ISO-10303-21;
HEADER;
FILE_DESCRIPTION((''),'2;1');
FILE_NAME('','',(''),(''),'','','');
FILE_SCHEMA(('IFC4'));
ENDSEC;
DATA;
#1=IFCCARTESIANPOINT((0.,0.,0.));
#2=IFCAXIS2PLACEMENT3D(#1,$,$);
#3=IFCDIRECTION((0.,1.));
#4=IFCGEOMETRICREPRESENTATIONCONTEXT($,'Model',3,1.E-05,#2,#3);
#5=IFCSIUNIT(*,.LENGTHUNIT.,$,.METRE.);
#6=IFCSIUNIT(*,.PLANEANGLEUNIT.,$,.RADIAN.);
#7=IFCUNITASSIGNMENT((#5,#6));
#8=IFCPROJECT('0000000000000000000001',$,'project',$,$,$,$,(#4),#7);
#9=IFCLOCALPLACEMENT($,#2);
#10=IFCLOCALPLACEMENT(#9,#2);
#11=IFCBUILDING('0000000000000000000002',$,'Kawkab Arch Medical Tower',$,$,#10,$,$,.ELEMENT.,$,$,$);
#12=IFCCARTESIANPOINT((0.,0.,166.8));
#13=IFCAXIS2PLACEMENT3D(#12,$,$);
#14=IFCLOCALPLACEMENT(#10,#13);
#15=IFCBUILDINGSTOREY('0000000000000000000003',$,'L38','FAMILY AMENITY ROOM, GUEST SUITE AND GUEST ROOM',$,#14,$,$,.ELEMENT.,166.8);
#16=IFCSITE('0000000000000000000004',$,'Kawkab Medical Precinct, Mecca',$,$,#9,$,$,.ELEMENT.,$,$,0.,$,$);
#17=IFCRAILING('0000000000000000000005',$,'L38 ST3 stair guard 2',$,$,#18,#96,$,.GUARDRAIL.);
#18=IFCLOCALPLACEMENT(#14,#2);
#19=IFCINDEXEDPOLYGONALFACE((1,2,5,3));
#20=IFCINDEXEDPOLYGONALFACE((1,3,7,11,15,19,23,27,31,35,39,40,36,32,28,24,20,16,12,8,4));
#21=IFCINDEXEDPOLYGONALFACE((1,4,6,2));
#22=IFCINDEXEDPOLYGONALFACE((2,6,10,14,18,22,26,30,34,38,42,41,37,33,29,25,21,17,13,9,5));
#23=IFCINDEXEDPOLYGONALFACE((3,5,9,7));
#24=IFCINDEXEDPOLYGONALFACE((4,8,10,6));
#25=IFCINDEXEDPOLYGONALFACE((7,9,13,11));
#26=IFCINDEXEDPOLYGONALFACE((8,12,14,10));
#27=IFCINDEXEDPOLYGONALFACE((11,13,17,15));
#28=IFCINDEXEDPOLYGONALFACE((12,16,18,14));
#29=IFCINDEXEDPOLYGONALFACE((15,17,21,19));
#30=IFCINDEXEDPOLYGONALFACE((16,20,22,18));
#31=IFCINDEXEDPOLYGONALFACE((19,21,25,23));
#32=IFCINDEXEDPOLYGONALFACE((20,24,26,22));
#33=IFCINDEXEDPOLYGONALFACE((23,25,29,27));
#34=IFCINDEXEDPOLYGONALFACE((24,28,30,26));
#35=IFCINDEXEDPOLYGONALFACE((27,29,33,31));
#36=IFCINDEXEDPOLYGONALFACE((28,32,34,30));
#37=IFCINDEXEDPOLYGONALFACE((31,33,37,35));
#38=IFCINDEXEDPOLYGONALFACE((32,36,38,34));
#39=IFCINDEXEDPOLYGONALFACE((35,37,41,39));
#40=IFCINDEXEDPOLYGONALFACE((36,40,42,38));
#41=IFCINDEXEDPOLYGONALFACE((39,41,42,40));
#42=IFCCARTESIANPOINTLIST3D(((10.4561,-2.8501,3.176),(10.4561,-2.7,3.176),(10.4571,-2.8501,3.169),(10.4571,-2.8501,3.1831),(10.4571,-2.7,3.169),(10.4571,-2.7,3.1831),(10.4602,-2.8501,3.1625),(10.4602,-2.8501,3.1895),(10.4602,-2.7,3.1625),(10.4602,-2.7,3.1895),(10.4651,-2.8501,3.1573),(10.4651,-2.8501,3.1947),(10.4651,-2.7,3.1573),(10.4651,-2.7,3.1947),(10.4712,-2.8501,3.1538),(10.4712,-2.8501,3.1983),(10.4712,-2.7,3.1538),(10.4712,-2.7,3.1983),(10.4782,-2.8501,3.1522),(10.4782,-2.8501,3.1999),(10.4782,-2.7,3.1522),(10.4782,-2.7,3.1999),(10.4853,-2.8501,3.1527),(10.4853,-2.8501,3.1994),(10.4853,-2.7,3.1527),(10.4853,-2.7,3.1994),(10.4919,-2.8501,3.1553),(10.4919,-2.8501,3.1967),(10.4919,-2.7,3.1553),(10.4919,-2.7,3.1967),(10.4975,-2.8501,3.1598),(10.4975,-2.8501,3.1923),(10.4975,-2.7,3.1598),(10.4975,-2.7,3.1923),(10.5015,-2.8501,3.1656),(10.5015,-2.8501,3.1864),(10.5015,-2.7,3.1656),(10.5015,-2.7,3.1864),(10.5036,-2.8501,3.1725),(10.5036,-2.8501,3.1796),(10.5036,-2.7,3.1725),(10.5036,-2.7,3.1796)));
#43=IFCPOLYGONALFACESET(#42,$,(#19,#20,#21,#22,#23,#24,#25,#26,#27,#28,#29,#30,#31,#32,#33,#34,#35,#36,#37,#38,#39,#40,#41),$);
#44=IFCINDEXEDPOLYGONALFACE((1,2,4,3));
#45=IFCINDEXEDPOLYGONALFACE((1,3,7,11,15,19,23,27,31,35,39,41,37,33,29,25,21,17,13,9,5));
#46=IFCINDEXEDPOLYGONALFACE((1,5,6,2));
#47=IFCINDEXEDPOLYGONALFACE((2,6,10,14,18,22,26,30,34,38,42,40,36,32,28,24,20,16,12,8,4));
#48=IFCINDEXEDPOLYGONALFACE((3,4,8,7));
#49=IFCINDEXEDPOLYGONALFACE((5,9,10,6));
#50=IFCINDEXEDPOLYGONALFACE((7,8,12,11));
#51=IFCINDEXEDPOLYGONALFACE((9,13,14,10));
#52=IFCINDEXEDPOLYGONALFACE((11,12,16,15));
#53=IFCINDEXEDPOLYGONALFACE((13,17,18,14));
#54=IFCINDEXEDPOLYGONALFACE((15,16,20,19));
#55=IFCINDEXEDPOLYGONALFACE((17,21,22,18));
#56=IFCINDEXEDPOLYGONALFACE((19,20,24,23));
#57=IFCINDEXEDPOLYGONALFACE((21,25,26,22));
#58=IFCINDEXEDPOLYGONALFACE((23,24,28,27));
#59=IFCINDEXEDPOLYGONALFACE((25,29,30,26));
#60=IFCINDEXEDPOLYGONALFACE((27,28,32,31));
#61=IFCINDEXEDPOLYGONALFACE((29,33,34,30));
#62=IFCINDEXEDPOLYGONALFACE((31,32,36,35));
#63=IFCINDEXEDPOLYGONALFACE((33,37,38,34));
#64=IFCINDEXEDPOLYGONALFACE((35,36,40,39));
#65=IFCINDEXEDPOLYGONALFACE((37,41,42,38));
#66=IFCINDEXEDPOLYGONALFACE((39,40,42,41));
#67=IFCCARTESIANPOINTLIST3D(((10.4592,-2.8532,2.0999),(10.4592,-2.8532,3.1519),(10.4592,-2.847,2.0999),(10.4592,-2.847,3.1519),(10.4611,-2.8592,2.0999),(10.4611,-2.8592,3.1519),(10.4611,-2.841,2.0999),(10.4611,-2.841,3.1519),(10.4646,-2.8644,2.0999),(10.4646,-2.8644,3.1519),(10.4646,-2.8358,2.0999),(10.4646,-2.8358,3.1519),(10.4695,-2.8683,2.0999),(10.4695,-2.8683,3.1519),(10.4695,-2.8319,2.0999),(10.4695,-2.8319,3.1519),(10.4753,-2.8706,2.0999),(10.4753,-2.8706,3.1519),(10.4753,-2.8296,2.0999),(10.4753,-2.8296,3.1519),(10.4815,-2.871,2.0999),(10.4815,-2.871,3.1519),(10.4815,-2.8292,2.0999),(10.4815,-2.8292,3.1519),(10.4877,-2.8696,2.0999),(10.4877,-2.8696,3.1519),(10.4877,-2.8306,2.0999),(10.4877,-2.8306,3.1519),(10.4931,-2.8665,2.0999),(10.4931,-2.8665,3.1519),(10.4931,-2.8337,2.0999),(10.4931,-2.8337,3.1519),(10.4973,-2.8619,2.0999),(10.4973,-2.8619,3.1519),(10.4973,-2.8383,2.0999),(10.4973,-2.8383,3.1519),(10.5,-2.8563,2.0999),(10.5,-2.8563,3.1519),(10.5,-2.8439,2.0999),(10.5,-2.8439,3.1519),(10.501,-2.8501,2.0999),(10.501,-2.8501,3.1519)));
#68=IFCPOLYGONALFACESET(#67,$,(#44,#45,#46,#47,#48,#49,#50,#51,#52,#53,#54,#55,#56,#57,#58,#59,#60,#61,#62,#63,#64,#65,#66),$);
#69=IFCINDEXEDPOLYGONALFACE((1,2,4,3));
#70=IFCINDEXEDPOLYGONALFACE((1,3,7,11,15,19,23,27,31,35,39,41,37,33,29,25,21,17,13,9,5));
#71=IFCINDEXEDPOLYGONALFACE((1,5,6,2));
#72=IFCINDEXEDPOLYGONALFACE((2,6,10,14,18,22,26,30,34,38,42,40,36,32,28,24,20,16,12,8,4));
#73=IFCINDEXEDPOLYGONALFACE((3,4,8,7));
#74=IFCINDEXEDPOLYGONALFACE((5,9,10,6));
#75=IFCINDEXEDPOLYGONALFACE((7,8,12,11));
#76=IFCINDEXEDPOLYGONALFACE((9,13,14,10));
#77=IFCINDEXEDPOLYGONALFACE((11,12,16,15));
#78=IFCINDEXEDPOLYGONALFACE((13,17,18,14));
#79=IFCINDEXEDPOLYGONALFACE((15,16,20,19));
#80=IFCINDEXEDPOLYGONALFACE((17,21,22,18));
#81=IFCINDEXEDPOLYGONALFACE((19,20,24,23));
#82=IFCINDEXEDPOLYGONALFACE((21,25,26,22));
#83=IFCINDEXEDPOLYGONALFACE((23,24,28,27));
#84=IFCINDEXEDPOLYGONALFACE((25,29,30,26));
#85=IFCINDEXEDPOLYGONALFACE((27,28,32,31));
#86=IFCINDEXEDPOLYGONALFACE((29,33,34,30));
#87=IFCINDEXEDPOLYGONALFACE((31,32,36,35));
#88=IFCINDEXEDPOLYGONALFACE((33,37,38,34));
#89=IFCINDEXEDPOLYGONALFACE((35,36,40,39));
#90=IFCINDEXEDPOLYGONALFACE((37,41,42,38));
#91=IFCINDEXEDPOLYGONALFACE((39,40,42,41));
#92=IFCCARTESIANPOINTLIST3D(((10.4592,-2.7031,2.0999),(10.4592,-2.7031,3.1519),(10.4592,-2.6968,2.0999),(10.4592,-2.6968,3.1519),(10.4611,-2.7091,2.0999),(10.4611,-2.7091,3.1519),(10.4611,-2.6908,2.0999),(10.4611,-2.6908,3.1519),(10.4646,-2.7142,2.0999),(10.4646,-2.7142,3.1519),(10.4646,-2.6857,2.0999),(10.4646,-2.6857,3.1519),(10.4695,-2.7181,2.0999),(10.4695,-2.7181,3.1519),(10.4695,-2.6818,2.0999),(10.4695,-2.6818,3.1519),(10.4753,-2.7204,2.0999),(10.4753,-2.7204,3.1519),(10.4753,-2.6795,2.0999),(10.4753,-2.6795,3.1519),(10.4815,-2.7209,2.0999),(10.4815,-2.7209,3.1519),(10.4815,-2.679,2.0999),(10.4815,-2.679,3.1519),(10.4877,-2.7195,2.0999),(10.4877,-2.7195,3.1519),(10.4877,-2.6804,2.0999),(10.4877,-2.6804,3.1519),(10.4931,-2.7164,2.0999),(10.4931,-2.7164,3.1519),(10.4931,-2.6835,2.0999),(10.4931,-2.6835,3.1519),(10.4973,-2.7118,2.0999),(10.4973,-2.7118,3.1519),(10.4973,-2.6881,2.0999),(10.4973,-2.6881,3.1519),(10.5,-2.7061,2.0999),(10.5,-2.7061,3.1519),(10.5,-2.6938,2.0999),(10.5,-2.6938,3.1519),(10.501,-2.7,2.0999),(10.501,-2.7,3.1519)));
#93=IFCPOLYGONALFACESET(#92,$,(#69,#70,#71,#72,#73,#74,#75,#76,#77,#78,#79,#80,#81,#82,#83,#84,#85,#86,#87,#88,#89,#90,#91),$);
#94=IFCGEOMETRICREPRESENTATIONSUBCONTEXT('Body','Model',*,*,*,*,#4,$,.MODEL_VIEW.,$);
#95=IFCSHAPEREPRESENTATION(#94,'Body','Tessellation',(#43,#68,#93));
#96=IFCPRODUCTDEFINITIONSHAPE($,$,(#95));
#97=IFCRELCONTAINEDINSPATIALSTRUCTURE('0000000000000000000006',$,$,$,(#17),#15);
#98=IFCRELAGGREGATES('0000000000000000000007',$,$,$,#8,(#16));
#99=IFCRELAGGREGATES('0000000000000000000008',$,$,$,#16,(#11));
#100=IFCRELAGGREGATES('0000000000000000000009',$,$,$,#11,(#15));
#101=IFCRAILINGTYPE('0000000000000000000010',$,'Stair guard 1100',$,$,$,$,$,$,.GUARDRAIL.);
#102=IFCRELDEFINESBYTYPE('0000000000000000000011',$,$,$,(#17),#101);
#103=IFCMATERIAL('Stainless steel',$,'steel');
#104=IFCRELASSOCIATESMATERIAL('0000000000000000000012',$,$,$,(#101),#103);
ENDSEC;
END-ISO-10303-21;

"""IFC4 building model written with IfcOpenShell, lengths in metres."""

from ifc_helpers import new_model, si_unit, direction, frame, origin, origin_2d, place, context, subcontext, project, spatial, circle, extrude, material, type_object, element, save


model = new_model("IFC4")

# Units and contexts
model_context = context("Model", 3, precision=1e-05, world=origin(), true_north=direction((0.0, 1.0)))
body_context = subcontext(model_context, "Body", "Model", "MODEL_VIEW")
ifc_project = project(units=[si_unit("LENGTHUNIT", "METRE"), si_unit("PLANEANGLEUNIT", "RADIAN")], contexts=[model_context])

# Site, building, storey
site_placement = place(None, origin())
site = spatial("IfcSite", under=ifc_project, at=site_placement, Name="Kawkab Medical Precinct, Mecca", CompositionType="ELEMENT", RefElevation=0.0)
building_placement = place(site_placement, origin())
building = spatial("IfcBuilding", under=site, at=building_placement, Name="Kawkab Arch Medical Tower", CompositionType="ELEMENT")
storey_placement = place(building_placement, frame((0.0, 0.0, 166.8)))
storey = spatial("IfcBuildingStorey", under=building, at=storey_placement, Name="L38", Description="FAMILY AMENITY ROOM, GUEST SUITE AND GUEST ROOM", CompositionType="ELEMENT", Elevation=166.8)

# Railing
ifc_material_1 = material(Name="Stainless steel", Category="steel")
railing_type_1 = type_object("IfcRailingType", Name="Stair guard 1100", PredefinedType="GUARDRAIL", material=ifc_material_1)
railing_1_placement = place(storey_placement, frame((10.48, -2.8501, 2.0999)))
element("IfcRailing", 1, at=railing_1_placement, inside=storey, type_object=railing_type_1, Name="L38 ST3 stair guard 2", PredefinedType="GUARDRAIL", context=body_context, shape_type="SweptSolid", body=[
    extrude(circle(Radius=0.0239, at=origin_2d()), frame((0.0, 0.0, 1.0762), z_axis=(0.0, 1.0, 0.0), x_axis=(-1.0, 0.0, 0.0)), (0.0, 0.0, 1.0), 0.1501),
    extrude(circle(Radius=0.021, at=origin_2d()), origin(), (0.0, 0.0, 1.0), 1.052),
    extrude(circle(Radius=0.021, at=origin_2d()), frame((0.0, 0.1501, 0.0)), (0.0, 0.0, 1.0), 1.052),
])

save(model, "model.ifc")
